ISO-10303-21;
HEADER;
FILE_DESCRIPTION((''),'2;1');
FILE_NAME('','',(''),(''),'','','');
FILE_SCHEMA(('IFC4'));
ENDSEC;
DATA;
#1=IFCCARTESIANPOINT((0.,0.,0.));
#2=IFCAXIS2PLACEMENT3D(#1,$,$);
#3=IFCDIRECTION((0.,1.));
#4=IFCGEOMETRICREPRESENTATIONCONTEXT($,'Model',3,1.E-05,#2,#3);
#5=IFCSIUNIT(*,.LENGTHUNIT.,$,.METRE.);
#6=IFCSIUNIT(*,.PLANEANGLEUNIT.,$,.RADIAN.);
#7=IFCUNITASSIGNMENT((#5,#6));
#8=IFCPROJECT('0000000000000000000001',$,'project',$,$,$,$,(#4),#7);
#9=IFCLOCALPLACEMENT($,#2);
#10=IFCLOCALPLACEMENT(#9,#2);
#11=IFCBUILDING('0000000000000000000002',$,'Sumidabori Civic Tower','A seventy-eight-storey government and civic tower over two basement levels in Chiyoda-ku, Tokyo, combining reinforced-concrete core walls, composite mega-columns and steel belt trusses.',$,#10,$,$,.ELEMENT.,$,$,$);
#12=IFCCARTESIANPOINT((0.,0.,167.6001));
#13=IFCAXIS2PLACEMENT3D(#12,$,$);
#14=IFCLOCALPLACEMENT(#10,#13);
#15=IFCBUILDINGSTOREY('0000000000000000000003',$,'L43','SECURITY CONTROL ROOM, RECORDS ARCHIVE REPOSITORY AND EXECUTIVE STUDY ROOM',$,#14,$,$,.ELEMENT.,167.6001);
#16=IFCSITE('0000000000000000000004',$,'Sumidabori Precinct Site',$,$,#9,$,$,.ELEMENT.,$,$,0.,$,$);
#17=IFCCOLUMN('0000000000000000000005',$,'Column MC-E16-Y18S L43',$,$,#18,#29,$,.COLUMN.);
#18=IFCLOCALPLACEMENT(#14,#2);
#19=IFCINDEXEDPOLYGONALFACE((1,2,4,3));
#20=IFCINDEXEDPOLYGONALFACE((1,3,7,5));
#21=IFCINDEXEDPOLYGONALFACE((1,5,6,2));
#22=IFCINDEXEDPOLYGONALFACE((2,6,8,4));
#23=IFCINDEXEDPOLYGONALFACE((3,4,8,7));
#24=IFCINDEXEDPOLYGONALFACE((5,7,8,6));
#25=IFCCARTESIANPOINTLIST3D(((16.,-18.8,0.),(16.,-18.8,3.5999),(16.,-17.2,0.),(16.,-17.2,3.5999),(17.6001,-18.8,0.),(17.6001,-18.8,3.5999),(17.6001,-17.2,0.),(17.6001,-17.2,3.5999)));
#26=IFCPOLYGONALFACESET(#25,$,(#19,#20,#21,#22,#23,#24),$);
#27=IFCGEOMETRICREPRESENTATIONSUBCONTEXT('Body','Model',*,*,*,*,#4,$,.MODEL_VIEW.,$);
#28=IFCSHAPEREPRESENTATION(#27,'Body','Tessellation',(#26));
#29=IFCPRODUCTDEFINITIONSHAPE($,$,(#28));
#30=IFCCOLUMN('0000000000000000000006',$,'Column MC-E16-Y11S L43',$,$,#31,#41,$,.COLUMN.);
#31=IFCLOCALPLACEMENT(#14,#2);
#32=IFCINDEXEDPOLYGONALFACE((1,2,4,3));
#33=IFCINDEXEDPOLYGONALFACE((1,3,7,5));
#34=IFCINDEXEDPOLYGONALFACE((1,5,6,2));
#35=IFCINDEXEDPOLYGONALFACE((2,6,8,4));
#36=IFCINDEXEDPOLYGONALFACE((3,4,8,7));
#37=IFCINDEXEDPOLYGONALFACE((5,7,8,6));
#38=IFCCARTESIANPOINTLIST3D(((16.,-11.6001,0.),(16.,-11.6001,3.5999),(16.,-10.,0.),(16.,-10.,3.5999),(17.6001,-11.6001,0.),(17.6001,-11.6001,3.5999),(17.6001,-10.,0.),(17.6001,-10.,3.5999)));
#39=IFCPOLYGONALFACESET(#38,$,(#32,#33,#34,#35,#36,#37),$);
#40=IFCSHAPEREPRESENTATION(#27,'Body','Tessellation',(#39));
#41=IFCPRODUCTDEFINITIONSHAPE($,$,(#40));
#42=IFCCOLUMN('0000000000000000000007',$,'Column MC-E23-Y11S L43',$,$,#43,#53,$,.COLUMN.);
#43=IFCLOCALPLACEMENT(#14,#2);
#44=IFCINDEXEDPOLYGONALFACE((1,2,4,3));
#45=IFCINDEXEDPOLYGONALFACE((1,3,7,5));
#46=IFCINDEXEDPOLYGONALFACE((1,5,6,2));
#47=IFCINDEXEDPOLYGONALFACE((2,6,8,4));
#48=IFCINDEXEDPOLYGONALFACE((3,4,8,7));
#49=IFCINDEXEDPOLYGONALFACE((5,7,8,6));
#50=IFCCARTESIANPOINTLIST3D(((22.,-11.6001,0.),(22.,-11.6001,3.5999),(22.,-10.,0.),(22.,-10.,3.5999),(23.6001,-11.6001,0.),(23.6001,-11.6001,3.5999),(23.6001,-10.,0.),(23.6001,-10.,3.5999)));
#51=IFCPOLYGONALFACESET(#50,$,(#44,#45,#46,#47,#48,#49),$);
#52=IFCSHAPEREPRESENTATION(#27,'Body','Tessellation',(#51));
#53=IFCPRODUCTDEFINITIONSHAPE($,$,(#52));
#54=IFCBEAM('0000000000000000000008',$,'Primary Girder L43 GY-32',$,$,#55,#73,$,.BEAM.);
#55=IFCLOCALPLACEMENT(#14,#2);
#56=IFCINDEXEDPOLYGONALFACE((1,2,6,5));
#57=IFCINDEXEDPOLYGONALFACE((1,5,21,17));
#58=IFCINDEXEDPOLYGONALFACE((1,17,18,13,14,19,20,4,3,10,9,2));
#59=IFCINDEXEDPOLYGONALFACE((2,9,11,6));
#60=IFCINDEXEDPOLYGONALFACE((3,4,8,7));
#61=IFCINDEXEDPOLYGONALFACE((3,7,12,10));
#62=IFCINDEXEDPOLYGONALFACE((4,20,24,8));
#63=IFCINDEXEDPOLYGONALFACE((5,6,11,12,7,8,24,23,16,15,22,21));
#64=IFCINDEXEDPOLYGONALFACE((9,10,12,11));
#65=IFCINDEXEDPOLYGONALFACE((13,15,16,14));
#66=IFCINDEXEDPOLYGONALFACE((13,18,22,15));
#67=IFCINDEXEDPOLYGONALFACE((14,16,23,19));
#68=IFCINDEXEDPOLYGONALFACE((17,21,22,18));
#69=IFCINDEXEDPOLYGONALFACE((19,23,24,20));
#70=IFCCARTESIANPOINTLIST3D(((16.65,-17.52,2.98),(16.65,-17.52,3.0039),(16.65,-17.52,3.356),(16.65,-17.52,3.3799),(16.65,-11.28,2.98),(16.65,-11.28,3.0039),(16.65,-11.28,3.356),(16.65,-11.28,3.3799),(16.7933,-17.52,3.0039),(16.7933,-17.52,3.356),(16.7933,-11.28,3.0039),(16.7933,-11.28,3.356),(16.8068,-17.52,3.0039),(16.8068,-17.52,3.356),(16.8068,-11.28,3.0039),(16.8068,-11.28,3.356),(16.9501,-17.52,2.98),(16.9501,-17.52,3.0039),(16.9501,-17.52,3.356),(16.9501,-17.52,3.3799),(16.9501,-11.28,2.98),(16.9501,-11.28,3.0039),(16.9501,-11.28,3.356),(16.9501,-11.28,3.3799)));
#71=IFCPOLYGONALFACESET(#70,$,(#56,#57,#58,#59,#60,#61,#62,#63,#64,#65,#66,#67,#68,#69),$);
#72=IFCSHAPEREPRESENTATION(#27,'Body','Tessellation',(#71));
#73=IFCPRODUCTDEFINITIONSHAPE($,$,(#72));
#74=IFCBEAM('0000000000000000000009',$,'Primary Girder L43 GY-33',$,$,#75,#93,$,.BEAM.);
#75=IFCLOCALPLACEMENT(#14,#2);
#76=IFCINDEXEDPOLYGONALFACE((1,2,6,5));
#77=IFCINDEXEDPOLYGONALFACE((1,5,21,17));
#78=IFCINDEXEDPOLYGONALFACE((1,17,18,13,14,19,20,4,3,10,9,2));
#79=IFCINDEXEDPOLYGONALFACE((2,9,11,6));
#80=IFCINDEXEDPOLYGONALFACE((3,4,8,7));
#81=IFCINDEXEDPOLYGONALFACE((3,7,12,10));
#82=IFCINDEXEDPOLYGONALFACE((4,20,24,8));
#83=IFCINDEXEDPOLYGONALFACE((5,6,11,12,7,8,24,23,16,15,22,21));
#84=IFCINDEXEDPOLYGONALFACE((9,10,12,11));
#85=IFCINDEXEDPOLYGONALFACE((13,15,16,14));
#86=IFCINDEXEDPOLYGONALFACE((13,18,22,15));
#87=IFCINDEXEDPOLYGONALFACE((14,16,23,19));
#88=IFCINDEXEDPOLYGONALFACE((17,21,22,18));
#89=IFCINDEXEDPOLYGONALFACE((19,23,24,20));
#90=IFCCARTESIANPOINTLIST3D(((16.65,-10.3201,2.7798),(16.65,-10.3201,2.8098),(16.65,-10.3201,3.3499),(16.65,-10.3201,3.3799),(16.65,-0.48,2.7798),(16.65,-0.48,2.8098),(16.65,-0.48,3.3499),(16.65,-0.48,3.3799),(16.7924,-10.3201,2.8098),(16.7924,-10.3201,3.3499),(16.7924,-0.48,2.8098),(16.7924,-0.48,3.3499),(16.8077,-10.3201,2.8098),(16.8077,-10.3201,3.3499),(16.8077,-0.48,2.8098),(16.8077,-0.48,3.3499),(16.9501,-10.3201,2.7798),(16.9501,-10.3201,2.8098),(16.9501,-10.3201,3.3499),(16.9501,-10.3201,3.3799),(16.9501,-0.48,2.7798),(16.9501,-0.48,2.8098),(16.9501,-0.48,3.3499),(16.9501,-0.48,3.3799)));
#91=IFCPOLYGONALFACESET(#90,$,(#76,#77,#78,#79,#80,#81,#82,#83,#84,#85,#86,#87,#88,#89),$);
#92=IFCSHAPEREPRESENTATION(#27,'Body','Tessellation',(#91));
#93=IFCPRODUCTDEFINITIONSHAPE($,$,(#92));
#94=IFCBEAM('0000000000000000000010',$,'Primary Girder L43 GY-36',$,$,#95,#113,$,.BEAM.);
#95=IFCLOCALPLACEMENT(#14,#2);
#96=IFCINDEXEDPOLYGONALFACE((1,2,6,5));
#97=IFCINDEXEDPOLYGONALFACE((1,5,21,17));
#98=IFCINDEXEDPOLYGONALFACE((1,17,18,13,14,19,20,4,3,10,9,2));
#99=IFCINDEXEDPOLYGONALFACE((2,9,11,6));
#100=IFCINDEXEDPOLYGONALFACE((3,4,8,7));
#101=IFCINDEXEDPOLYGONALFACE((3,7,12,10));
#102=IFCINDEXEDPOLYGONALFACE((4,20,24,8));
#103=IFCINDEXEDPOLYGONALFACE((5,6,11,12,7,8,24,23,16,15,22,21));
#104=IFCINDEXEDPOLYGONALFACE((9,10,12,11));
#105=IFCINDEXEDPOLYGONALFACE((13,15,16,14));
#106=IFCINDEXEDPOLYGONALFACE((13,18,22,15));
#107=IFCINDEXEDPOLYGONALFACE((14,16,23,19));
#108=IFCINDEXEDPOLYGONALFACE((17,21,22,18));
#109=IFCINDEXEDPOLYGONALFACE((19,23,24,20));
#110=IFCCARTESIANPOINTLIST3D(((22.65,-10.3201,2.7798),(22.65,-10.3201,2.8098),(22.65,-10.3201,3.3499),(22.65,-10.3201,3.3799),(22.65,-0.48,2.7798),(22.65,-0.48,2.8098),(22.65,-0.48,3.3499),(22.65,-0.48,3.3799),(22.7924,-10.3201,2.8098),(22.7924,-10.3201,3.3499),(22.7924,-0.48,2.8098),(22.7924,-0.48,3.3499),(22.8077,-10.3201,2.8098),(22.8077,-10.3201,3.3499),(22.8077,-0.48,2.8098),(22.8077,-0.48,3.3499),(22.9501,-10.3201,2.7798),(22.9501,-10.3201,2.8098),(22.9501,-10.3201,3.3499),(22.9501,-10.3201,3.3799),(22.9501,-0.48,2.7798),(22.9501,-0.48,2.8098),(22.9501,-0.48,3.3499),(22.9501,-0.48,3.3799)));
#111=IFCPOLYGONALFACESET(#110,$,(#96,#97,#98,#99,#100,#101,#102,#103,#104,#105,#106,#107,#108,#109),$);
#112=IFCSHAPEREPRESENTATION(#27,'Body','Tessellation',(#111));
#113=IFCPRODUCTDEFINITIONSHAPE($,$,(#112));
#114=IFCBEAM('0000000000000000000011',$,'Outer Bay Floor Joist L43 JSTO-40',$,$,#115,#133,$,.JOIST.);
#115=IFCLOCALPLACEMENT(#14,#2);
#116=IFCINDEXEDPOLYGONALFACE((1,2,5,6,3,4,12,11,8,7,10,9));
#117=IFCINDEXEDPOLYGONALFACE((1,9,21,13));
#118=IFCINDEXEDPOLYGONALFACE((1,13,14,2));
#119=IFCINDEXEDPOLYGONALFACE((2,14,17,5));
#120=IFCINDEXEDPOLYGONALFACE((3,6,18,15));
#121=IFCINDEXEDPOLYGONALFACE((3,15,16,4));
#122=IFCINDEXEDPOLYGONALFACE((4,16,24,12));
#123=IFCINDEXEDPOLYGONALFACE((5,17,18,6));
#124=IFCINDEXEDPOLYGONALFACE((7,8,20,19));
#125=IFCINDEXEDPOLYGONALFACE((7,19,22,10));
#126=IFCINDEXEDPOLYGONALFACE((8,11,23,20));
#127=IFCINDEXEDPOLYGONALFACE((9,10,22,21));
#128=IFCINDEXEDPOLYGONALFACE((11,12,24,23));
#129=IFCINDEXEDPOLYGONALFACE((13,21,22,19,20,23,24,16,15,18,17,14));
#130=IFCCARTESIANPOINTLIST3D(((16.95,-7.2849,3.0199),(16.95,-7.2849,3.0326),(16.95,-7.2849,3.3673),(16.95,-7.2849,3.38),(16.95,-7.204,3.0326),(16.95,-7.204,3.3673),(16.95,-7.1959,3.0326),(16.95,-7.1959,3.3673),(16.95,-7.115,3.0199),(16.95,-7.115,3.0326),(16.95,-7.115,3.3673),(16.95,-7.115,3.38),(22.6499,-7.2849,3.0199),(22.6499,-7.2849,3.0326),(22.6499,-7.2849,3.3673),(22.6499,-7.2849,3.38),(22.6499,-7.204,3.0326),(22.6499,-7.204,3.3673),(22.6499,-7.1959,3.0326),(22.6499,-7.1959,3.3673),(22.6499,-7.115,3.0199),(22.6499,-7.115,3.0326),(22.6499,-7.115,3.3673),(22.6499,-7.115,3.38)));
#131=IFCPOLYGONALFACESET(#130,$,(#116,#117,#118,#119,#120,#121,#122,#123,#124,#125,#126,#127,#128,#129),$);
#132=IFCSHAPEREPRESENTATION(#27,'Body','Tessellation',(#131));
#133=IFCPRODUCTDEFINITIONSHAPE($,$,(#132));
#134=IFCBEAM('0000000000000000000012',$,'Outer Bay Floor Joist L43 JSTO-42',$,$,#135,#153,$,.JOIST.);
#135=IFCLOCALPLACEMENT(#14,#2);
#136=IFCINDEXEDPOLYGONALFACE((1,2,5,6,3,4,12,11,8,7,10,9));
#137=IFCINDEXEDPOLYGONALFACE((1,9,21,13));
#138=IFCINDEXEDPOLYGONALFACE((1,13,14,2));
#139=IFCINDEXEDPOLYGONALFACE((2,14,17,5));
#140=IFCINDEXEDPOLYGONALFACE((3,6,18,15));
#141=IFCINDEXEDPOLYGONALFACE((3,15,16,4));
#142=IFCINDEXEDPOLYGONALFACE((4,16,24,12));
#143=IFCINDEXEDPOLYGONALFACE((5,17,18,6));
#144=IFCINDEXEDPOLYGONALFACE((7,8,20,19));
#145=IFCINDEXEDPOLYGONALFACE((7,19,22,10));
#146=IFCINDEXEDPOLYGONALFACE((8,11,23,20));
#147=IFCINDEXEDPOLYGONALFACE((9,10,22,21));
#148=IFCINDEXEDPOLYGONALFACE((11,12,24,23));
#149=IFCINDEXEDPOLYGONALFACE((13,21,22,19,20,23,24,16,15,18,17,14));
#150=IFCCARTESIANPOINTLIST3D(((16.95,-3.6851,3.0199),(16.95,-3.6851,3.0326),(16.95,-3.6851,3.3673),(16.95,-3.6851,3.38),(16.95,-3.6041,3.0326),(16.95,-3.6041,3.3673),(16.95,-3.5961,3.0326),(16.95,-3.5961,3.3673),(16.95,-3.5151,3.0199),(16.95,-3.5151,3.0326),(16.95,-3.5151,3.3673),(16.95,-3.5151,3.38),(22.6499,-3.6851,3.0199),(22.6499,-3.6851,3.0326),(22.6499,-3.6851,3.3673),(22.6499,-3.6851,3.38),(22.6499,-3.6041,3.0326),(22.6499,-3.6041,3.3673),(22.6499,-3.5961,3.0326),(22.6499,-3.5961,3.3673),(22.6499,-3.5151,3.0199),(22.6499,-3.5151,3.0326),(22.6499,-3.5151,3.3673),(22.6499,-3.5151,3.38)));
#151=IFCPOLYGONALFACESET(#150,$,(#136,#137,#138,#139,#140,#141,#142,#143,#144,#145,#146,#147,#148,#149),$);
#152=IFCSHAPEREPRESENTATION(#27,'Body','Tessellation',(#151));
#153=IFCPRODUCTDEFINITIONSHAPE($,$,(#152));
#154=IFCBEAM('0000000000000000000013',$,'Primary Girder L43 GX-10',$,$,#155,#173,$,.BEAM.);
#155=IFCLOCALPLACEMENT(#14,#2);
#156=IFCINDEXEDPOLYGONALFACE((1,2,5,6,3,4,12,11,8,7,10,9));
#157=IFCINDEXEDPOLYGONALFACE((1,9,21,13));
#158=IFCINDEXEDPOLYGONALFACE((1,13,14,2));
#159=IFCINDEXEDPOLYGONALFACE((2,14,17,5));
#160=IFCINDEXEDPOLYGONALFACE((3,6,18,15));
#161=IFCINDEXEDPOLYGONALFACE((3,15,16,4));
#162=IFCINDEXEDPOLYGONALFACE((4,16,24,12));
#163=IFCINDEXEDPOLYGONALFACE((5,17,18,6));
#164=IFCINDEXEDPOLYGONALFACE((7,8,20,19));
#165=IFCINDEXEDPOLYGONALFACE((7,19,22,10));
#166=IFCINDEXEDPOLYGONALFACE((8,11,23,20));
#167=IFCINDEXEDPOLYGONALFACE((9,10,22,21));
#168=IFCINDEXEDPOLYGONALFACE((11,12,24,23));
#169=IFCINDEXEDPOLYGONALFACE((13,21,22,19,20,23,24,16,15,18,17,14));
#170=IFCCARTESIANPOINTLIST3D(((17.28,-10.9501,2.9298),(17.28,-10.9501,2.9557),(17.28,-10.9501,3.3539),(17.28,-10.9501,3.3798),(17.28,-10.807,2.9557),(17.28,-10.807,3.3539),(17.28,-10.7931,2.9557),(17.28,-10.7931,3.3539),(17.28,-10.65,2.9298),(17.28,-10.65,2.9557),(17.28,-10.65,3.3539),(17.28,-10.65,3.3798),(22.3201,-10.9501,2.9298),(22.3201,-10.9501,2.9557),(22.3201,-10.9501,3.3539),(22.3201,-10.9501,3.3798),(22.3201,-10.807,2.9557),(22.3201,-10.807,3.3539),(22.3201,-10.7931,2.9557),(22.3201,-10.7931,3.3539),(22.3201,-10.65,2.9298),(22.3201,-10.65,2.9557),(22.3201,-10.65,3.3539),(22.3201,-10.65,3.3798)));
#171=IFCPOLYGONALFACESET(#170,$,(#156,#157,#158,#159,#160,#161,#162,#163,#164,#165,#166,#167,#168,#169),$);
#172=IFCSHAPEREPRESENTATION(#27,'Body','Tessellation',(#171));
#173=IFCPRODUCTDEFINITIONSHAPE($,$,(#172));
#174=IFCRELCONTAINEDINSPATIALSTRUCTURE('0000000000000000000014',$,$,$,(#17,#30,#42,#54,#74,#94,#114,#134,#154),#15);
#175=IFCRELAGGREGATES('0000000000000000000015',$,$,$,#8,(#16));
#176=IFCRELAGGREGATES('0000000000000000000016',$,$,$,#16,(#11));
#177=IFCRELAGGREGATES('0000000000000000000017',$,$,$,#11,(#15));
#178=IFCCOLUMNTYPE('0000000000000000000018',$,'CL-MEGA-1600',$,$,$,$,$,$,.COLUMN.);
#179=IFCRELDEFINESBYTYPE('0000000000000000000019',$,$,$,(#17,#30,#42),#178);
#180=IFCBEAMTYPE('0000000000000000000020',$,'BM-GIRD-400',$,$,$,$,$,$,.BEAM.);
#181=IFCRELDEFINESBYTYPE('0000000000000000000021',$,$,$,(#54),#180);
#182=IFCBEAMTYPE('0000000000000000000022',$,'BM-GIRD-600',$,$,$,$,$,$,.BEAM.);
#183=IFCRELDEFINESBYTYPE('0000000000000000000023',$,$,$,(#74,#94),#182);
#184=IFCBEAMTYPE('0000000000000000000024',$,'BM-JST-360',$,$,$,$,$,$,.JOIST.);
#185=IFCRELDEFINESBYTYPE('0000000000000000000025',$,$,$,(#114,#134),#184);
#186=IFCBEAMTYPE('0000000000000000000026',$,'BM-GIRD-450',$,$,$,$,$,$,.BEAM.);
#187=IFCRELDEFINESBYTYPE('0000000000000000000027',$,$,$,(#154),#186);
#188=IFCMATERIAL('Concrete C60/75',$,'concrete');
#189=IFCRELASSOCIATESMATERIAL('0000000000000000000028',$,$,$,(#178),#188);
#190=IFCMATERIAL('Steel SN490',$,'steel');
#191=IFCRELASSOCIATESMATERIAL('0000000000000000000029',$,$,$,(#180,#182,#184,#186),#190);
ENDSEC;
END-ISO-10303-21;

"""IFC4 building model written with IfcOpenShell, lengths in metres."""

from ifc_helpers import new_model, si_unit, direction, frame, origin, origin_2d, place, context, subcontext, project, spatial, rectangle, i_section, extrude, source, transform, mapped, material, material_profile, profile_set, type_object, element, save


model = new_model("IFC4")

# Units and contexts
model_context = context("Model", 3, precision=1e-05, world=origin(), true_north=direction((0.0, 1.0)))
body_context = subcontext(model_context, "Body", "Model", "MODEL_VIEW")
ifc_project = project(units=[si_unit("LENGTHUNIT", "METRE"), si_unit("PLANEANGLEUNIT", "RADIAN")], contexts=[model_context])

# Site, building, storey
site_placement = place(None, origin())
site = spatial("IfcSite", under=ifc_project, at=site_placement, Name="Sumidabori Precinct Site", CompositionType="ELEMENT", RefElevation=0.0)
building_placement = place(site_placement, origin())
building = spatial("IfcBuilding", under=site, at=building_placement, Name="Sumidabori Civic Tower", Description="A seventy-eight-storey government and civic tower over two basement levels in Chiyoda-ku, Tokyo, combining reinforced-concrete core walls, composite mega-columns and steel belt trusses.", CompositionType="ELEMENT")
storey_placement = place(building_placement, frame((0.0, 0.0, 167.6001)))
storey = spatial("IfcBuildingStorey", under=building, at=storey_placement, Name="L43", Description="SECURITY CONTROL ROOM, RECORDS ARCHIVE REPOSITORY AND EXECUTIVE STUDY ROOM", CompositionType="ELEMENT", Elevation=167.6001)

# Columns
ifc_material_1 = material(Name="Concrete C60/75", Category="concrete")
ifc_material_profile_1 = material_profile(ifc_material_1, rectangle(XDim=1.6001, YDim=1.6001, at=origin_2d()), Name="RC 1600x1600")
ifc_profile_set_1 = profile_set([ifc_material_profile_1], Name="Concrete C60/75")
column_type = type_object("IfcColumnType", Name="CL-MEGA-1600", PredefinedType="COLUMN", material=ifc_profile_set_1)
shared_shape_1 = source(origin(), body_context, "Body", "SweptSolid", [
    extrude(rectangle(XDim=1.6001, YDim=1.6001, at=origin_2d()), origin(), (0.0, 0.0, 1.0), 3.5999),
])
for number, where, z_axis, x_axis, name in (
    (1, (16.8, -18.0, 0.0), (0.0, 0.0, 1.0), (1.0, 0.0, 0.0), "Column MC-E16-Y18S L43"),
    (2, (16.8, -10.8, 0.0), (0.0, 0.0, 1.0), (1.0, 0.0, 0.0), "Column MC-E16-Y11S L43"),
    (3, (22.8, -10.8, 0.0), (0.0, 0.0, 1.0), (1.0, 0.0, 0.0), "Column MC-E23-Y11S L43"),
):
    element("IfcColumn", number, at=place(storey_placement, frame(where, z_axis=z_axis, x_axis=x_axis)), inside=storey, type_object=column_type, Name=name, PredefinedType="COLUMN", context=body_context, shape_type="MappedRepresentation", body=[
        mapped(shared_shape_1, transform((0.0, 0.0, 0.0), x_axis=(1.0, 0.0, 0.0), y_axis=(0.0, 1.0, 0.0), z_axis=(0.0, 0.0, 1.0), scale=1.0)),
    ])

# Beams
ifc_material_2 = material(Name="Steel SN490", Category="steel")
ifc_material_profile_2 = material_profile(ifc_material_2, i_section(OverallWidth=0.3, OverallDepth=0.3999, WebThickness=0.0134, FlangeThickness=0.0239, at=origin_2d()), Name="HE 400 B")
ifc_profile_set_2 = profile_set([ifc_material_profile_2], Name="Steel SN490")
beam_type_1 = type_object("IfcBeamType", Name="BM-GIRD-400", PredefinedType="BEAM", material=ifc_profile_set_2)
shared_shape_2 = source(origin(), body_context, "Body", "SweptSolid", [
    extrude(i_section(OverallWidth=0.3, OverallDepth=0.3999, WebThickness=0.0134, FlangeThickness=0.0239, at=origin_2d()), origin(), (0.0, 0.0, 1.0), 6.24),
])
beam_1_placement = place(storey_placement, frame((16.8, -17.52, 3.1799), z_axis=(0.0, 1.0, 0.0), x_axis=(-1.0, 0.0, 0.0)))
element("IfcBeam", 4, at=beam_1_placement, inside=storey, type_object=beam_type_1, Name="Primary Girder L43 GY-32", PredefinedType="BEAM", context=body_context, shape_type="MappedRepresentation", body=[
    mapped(shared_shape_2, transform((0.0, 0.0, 0.0), x_axis=(1.0, 0.0, 0.0), y_axis=(0.0, 1.0, 0.0), z_axis=(0.0, 0.0, 1.0), scale=1.0)),
])
ifc_material_profile_3 = material_profile(ifc_material_2, i_section(OverallWidth=0.3, OverallDepth=0.6001, WebThickness=0.0154, FlangeThickness=0.03, at=origin_2d()), Name="HE 600 B")
ifc_profile_set_3 = profile_set([ifc_material_profile_3], Name="Steel SN490")
beam_type_2 = type_object("IfcBeamType", Name="BM-GIRD-600", PredefinedType="BEAM", material=ifc_profile_set_3)
shared_shape_3 = source(origin(), body_context, "Body", "SweptSolid", [
    extrude(i_section(OverallWidth=0.3, OverallDepth=0.6001, WebThickness=0.0154, FlangeThickness=0.03, at=origin_2d()), origin(), (0.0, 0.0, 1.0), 9.8401),
])
for number, where, z_axis, x_axis, name in (
    (5, (16.8, -10.3201, 3.0798), (0.0, 1.0, 0.0), (-1.0, 0.0, 0.0), "Primary Girder L43 GY-33"),
    (6, (22.8, -10.3201, 3.0798), (0.0, 1.0, 0.0), (-1.0, 0.0, 0.0), "Primary Girder L43 GY-36"),
):
    element("IfcBeam", number, at=place(storey_placement, frame(where, z_axis=z_axis, x_axis=x_axis)), inside=storey, type_object=beam_type_2, Name=name, PredefinedType="BEAM", context=body_context, shape_type="MappedRepresentation", body=[
        mapped(shared_shape_3, transform((0.0, 0.0, 0.0), x_axis=(1.0, 0.0, 0.0), y_axis=(0.0, 1.0, 0.0), z_axis=(0.0, 0.0, 1.0), scale=1.0)),
    ])
ifc_material_profile_4 = material_profile(ifc_material_2, i_section(OverallWidth=0.1699, OverallDepth=0.3601, WebThickness=0.0081, FlangeThickness=0.0127, at=origin_2d()), Name="IPE 360")
ifc_profile_set_4 = profile_set([ifc_material_profile_4], Name="Steel SN490")
beam_type_3 = type_object("IfcBeamType", Name="BM-JST-360", PredefinedType="JOIST", material=ifc_profile_set_4)
shared_shape_4 = source(origin(), body_context, "Body", "SweptSolid", [
    extrude(i_section(OverallWidth=0.1699, OverallDepth=0.3601, WebThickness=0.0081, FlangeThickness=0.0127, at=origin_2d()), origin(), (0.0, 0.0, 1.0), 5.7),
])
for number, where, z_axis, x_axis, name in (
    (7, (16.95, -7.2, 3.2), (1.0, 0.0, 0.0), (0.0, 1.0, 0.0), "Outer Bay Floor Joist L43 JSTO-40"),
    (8, (16.95, -3.6001, 3.2), (1.0, 0.0, 0.0), (0.0, 1.0, 0.0), "Outer Bay Floor Joist L43 JSTO-42"),
):
    element("IfcBeam", number, at=place(storey_placement, frame(where, z_axis=z_axis, x_axis=x_axis)), inside=storey, type_object=beam_type_3, Name=name, PredefinedType="JOIST", context=body_context, shape_type="MappedRepresentation", body=[
        mapped(shared_shape_4, transform((0.0, 0.0, 0.0), x_axis=(1.0, 0.0, 0.0), y_axis=(0.0, 1.0, 0.0), z_axis=(0.0, 0.0, 1.0), scale=1.0)),
    ])
ifc_material_profile_5 = material_profile(ifc_material_2, i_section(OverallWidth=0.3, OverallDepth=0.45, WebThickness=0.0139, FlangeThickness=0.0259, at=origin_2d()), Name="HE 450 B")
ifc_profile_set_5 = profile_set([ifc_material_profile_5], Name="Steel SN490")
beam_type_4 = type_object("IfcBeamType", Name="BM-GIRD-450", PredefinedType="BEAM", material=ifc_profile_set_5)
shared_shape_5 = source(origin(), body_context, "Body", "SweptSolid", [
    extrude(i_section(OverallWidth=0.3, OverallDepth=0.45, WebThickness=0.0139, FlangeThickness=0.0259, at=origin_2d()), origin(), (0.0, 0.0, 1.0), 5.04),
])
beam_2_placement = place(storey_placement, frame((17.28, -10.8, 3.1548), z_axis=(1.0, 0.0, 0.0), x_axis=(0.0, 1.0, 0.0)))
element("IfcBeam", 9, at=beam_2_placement, inside=storey, type_object=beam_type_4, Name="Primary Girder L43 GX-10", PredefinedType="BEAM", context=body_context, shape_type="MappedRepresentation", body=[
    mapped(shared_shape_5, transform((0.0, 0.0, 0.0), x_axis=(1.0, 0.0, 0.0), y_axis=(0.0, 1.0, 0.0), z_axis=(0.0, 0.0, 1.0), scale=1.0)),
])

save(model, "model.ifc")
